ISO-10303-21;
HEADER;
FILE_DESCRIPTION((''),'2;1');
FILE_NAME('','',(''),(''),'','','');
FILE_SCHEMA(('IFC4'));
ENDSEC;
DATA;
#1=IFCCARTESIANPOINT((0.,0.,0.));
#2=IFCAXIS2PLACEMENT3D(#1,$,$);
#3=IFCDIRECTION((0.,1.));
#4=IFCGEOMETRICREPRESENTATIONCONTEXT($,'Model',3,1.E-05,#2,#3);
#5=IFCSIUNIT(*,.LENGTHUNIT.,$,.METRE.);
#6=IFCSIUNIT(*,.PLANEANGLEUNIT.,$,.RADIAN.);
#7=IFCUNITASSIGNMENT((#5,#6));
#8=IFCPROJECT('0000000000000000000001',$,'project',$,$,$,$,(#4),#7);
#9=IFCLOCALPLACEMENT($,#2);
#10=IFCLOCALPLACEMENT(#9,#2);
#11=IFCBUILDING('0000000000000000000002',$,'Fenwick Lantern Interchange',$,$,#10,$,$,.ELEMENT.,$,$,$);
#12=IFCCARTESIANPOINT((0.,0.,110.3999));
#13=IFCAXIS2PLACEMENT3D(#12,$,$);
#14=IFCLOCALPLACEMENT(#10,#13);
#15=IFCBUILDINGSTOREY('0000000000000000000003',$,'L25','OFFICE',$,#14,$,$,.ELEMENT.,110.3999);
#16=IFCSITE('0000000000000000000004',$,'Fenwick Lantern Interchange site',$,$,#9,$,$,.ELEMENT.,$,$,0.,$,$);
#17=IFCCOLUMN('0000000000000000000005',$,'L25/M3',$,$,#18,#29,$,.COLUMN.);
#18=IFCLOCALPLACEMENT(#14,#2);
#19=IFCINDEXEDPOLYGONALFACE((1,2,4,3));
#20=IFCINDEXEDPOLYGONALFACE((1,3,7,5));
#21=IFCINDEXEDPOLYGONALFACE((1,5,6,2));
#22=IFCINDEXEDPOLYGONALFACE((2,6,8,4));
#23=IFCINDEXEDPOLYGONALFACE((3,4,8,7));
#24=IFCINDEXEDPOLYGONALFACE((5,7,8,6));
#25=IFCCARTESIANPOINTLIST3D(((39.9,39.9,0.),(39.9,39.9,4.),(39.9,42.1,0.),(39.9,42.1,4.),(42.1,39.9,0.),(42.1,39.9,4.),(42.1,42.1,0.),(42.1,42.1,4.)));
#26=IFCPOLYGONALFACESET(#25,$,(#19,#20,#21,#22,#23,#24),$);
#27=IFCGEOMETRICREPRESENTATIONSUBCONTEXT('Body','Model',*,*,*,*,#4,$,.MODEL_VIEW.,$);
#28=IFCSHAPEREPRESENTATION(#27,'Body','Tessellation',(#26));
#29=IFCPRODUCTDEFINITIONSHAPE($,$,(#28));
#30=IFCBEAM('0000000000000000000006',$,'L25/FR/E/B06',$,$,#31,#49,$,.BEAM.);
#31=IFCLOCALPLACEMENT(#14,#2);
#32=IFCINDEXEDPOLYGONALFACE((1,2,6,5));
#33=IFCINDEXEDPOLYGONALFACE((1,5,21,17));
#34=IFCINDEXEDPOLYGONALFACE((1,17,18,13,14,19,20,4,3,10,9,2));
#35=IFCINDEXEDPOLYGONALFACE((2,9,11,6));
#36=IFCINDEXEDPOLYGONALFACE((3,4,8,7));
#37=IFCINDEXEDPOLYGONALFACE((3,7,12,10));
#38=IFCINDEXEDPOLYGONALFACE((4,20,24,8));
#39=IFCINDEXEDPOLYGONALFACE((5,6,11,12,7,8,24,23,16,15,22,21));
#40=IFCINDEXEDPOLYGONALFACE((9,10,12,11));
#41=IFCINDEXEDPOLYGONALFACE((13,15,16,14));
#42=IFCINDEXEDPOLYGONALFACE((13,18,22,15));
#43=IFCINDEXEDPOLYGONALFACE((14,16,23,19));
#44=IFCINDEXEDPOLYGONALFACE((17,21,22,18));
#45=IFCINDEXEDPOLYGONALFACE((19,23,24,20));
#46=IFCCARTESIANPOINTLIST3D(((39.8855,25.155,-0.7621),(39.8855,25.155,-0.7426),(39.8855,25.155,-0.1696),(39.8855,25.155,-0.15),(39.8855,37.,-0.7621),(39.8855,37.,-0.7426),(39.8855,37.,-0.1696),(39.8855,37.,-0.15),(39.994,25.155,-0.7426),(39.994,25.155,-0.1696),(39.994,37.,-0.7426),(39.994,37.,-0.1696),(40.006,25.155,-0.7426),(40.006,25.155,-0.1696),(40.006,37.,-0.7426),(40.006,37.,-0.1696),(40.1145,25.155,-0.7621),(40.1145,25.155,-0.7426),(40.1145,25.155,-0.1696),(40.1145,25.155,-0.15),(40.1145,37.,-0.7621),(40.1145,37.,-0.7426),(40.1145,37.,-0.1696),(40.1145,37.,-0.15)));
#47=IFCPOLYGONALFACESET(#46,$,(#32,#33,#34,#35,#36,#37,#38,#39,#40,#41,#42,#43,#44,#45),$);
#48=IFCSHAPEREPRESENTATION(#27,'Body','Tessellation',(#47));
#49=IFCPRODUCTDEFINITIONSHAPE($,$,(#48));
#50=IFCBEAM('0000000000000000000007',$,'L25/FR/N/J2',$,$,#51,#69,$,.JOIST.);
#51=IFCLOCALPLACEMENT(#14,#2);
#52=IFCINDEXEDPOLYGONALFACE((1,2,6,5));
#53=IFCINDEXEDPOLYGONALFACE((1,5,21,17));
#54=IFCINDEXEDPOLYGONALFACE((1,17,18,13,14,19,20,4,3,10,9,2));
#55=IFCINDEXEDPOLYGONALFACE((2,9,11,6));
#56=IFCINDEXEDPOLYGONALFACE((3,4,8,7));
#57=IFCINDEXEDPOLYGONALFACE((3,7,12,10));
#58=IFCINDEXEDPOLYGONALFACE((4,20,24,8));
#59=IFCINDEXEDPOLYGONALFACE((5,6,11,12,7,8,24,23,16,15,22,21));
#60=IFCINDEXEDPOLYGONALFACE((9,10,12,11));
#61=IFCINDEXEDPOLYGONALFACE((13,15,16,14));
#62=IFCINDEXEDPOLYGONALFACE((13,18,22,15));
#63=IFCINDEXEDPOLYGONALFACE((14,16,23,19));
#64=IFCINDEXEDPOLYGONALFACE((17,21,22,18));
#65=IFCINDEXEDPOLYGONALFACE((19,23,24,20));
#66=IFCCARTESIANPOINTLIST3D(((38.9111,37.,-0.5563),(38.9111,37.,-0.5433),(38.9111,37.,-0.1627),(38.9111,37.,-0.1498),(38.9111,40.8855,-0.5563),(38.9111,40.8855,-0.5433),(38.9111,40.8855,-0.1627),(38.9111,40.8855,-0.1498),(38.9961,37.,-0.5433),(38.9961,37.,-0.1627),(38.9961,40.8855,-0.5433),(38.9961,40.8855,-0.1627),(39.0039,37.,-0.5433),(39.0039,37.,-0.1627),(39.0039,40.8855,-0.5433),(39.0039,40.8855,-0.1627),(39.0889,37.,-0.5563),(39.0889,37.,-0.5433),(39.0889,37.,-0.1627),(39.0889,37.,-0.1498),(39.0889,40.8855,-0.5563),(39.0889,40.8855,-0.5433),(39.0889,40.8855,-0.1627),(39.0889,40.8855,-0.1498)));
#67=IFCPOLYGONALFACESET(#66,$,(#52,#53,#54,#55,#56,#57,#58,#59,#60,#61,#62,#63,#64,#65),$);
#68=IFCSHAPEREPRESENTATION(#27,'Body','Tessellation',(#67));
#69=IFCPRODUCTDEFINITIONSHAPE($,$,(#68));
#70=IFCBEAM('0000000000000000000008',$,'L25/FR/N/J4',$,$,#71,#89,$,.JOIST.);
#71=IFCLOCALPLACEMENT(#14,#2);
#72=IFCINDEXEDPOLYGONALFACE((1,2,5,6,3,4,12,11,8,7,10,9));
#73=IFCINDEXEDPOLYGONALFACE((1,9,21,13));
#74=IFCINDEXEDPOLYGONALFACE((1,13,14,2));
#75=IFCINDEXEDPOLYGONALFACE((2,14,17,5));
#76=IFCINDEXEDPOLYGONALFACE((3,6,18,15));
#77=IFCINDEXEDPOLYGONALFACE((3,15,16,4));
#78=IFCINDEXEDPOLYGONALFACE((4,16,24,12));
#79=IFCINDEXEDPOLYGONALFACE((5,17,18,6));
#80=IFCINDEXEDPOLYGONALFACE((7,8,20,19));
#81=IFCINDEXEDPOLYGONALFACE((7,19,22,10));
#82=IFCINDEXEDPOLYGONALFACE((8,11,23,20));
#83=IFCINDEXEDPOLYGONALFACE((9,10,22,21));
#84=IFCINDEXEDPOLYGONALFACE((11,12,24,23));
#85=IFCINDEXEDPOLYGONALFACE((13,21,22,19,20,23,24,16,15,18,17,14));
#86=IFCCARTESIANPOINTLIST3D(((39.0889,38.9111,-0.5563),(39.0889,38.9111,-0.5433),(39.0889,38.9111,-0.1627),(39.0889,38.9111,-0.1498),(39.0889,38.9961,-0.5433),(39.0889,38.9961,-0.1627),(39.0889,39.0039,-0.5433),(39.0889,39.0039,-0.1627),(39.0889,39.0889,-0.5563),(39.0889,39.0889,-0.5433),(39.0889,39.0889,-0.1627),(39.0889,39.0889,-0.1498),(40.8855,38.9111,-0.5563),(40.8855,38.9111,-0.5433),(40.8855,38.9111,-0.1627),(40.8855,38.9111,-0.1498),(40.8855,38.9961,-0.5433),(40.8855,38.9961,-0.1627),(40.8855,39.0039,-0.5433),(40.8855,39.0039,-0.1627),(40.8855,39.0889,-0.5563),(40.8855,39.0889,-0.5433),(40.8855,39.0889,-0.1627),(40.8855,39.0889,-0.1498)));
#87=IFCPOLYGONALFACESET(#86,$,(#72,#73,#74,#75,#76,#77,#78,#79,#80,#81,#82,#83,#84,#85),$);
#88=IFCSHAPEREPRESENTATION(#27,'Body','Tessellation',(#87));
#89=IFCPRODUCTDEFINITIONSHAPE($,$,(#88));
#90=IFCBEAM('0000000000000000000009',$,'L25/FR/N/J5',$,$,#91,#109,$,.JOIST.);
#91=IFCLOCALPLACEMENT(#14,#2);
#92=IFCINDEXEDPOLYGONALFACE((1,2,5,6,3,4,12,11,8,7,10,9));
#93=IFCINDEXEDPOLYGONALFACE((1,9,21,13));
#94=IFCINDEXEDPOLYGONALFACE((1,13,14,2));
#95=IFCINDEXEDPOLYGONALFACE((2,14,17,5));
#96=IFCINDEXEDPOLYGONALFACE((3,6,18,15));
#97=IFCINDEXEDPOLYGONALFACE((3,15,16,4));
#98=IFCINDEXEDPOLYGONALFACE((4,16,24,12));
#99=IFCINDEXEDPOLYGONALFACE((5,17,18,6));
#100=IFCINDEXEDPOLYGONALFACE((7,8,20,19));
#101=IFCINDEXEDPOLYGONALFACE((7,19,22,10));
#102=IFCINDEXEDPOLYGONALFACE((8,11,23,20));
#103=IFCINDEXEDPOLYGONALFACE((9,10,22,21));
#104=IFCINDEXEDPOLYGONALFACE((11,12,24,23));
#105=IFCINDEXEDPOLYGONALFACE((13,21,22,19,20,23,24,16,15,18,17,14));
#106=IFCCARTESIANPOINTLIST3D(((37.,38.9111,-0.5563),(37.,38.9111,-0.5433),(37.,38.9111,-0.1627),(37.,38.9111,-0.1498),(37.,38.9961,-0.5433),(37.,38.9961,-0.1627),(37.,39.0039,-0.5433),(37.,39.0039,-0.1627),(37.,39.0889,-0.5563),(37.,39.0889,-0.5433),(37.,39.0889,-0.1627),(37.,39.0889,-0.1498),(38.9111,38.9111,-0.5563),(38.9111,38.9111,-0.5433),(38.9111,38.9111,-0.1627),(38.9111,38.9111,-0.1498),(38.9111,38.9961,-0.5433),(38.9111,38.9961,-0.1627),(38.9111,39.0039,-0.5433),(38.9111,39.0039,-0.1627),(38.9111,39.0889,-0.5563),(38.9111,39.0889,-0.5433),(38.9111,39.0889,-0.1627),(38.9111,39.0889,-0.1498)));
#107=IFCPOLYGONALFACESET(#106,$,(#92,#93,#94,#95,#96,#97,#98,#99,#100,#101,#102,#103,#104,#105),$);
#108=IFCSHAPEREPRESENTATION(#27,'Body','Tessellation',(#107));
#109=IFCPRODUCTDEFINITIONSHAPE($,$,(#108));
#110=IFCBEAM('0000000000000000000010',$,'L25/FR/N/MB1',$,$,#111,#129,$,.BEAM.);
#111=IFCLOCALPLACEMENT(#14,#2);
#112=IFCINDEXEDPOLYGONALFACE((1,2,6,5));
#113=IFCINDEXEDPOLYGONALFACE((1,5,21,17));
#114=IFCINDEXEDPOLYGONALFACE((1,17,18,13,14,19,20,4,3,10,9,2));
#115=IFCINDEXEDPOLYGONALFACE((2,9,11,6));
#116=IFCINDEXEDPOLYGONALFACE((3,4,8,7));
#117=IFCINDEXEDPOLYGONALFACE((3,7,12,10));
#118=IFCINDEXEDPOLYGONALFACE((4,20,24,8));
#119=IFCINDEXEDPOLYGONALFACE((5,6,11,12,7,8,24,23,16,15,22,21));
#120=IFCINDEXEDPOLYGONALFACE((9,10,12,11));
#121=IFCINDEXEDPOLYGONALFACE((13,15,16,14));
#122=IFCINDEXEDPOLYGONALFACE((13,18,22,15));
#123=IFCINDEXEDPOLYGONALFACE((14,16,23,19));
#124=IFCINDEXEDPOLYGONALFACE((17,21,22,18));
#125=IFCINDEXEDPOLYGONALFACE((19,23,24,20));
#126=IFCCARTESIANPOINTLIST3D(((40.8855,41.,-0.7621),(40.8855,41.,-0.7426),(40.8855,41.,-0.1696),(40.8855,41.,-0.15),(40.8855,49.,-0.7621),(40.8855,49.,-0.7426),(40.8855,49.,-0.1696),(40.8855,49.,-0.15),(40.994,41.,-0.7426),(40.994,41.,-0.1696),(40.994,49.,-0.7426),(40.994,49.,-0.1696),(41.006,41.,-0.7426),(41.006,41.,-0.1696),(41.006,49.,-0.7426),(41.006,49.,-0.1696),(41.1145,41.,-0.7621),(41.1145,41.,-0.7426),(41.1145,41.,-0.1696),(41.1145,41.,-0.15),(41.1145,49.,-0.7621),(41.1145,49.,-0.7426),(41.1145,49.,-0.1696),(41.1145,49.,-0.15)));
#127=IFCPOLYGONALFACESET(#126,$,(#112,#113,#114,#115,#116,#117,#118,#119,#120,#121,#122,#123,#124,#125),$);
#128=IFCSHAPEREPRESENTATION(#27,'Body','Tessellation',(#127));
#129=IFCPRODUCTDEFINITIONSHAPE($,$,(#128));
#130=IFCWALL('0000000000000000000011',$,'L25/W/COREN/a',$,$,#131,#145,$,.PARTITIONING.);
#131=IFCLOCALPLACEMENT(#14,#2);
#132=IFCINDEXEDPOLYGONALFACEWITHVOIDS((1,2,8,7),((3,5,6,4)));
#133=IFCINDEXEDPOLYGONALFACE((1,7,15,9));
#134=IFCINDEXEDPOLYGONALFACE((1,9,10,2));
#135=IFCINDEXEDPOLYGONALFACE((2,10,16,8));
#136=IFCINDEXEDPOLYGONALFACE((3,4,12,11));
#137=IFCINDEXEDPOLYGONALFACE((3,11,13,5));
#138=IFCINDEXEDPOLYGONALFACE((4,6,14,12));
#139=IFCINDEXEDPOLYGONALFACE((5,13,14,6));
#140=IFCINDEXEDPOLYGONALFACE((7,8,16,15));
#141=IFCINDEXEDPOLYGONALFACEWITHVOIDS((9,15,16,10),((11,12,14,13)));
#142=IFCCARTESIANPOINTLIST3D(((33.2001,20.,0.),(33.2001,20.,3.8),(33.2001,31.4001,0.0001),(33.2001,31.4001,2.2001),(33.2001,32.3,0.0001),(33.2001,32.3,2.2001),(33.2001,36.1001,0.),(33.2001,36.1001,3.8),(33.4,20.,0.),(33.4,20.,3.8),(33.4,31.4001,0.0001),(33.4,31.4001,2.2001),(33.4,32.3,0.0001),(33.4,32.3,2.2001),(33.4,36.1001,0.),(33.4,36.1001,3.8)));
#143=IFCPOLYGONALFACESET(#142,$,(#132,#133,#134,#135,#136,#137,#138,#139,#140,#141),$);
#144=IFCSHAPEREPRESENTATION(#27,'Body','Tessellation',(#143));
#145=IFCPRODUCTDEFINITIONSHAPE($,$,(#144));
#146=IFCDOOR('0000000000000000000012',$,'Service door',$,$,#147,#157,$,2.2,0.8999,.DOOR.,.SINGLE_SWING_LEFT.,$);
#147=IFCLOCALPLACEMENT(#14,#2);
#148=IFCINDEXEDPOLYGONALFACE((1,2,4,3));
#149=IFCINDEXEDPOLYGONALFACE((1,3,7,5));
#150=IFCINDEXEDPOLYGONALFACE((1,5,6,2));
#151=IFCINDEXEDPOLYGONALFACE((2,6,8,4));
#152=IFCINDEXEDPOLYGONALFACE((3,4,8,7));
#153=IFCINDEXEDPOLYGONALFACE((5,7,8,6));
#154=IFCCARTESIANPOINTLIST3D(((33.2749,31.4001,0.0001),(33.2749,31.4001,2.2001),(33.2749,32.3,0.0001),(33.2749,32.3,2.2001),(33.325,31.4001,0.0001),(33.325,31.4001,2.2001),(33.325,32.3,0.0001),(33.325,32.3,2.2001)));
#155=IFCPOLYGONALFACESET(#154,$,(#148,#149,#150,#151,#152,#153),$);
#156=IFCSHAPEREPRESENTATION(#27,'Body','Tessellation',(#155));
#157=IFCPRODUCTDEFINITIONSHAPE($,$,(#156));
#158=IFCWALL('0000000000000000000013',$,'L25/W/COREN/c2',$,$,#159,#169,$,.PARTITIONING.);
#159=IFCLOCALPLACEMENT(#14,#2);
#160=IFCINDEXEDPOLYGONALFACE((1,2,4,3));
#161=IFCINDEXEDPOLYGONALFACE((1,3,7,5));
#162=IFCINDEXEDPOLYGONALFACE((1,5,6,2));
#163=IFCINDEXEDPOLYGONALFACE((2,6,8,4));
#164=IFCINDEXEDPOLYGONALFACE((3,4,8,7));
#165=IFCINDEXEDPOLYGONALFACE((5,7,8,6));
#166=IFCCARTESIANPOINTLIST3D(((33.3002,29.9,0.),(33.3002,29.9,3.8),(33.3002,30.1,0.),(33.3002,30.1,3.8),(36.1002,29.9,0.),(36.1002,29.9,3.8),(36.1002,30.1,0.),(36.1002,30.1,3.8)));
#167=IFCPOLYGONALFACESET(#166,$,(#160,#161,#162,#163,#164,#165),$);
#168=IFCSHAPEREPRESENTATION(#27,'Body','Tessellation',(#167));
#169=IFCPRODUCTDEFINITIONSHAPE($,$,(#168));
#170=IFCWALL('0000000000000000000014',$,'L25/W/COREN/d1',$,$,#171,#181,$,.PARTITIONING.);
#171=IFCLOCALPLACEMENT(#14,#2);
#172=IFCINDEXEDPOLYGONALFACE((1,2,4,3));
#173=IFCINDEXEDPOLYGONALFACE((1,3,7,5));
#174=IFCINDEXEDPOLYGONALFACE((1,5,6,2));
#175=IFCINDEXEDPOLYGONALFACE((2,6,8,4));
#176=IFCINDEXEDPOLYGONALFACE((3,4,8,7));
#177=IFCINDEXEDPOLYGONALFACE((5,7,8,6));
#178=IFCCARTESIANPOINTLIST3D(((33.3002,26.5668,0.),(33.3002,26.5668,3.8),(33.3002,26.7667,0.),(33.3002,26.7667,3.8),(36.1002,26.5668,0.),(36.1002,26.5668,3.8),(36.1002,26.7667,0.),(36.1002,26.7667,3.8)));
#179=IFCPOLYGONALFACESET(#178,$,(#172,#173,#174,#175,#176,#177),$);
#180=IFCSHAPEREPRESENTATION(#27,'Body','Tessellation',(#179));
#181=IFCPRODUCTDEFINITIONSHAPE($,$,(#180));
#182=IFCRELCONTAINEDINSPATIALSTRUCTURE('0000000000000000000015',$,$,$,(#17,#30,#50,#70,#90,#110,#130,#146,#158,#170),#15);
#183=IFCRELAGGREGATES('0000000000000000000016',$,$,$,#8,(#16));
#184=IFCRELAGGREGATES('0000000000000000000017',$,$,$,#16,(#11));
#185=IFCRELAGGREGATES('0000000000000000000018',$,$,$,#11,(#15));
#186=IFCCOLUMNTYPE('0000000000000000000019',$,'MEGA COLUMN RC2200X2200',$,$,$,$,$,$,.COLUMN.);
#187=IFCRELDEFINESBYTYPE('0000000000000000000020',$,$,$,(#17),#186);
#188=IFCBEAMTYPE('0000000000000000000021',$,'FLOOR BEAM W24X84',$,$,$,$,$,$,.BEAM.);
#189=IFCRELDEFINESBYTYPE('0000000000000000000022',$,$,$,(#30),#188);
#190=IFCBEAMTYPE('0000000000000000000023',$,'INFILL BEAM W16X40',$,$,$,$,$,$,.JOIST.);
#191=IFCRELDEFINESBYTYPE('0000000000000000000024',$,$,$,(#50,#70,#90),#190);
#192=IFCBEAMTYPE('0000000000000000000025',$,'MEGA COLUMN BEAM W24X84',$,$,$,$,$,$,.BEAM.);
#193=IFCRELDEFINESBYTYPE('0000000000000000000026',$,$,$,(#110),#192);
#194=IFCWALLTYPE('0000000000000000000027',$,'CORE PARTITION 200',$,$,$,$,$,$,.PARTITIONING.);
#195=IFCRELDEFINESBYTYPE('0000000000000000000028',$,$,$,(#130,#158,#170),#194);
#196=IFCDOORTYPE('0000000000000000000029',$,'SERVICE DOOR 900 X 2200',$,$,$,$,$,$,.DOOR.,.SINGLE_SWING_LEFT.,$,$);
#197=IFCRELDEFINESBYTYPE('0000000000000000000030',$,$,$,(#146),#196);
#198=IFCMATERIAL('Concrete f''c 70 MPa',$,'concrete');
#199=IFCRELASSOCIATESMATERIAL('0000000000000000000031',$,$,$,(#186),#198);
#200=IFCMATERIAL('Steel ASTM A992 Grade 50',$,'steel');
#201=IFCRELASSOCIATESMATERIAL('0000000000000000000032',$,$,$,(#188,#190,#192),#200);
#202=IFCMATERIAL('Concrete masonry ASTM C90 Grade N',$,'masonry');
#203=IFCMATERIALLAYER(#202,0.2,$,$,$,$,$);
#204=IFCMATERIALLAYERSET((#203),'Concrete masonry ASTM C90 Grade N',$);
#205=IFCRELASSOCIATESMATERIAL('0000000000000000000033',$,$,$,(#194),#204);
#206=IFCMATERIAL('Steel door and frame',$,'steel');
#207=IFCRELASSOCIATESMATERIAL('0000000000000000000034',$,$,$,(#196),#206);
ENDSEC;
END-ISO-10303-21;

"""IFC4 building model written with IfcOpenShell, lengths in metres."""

from ifc_helpers import new_model, si_unit, direction, frame, frame_2d, origin, origin_2d, place, context, subcontext, project, spatial, rectangle, i_section, extrude, material, layer, layer_set, material_profile, profile_set, type_object, element, fill, save


model = new_model("IFC4")

# Units and contexts
model_context = context("Model", 3, precision=1e-05, world=origin(), true_north=direction((0.0, 1.0)))
body_context = subcontext(model_context, "Body", "Model", "MODEL_VIEW")
ifc_project = project(units=[si_unit("LENGTHUNIT", "METRE"), si_unit("PLANEANGLEUNIT", "RADIAN")], contexts=[model_context])

# Site, building, storey
site_placement = place(None, origin())
site = spatial("IfcSite", under=ifc_project, at=site_placement, Name="Fenwick Lantern Interchange site", CompositionType="ELEMENT", RefElevation=0.0)
building_placement = place(site_placement, origin())
building = spatial("IfcBuilding", under=site, at=building_placement, Name="Fenwick Lantern Interchange", CompositionType="ELEMENT")
storey_placement = place(building_placement, frame((0.0, 0.0, 110.3999)))
storey = spatial("IfcBuildingStorey", under=building, at=storey_placement, Name="L25", Description="OFFICE", CompositionType="ELEMENT", Elevation=110.3999)

# Column
ifc_material_1 = material(Name="Concrete f'c 70 MPa", Category="concrete")
ifc_material_profile_1 = material_profile(ifc_material_1, rectangle(XDim=2.2, YDim=2.2, at=origin_2d()), Name="RC2200X2200")
ifc_profile_set_1 = profile_set([ifc_material_profile_1], Name="Concrete f'c 70 MPa")
column_type = type_object("IfcColumnType", Name="MEGA COLUMN RC2200X2200", PredefinedType="COLUMN", material=ifc_profile_set_1)
column_placement = place(storey_placement, frame((41.0, 41.0, 0.0), z_axis=(0.0, 0.0, 1.0), x_axis=(1.0, 0.0, 0.0)))
element("IfcColumn", 1, at=column_placement, inside=storey, type_object=column_type, Name="L25/M3", PredefinedType="COLUMN", context=body_context, shape_type="SweptSolid", body=[
    extrude(rectangle(XDim=2.2, YDim=2.2, at=origin_2d()), origin(), (0.0, 0.0, 1.0), 4.0),
])

# Beams
ifc_material_2 = material(Name="Steel ASTM A992 Grade 50", Category="steel")
ifc_material_profile_2 = material_profile(ifc_material_2, i_section(OverallWidth=0.229, OverallDepth=0.6121, WebThickness=0.012, FlangeThickness=0.0195, at=origin_2d()), Name="W24X84")
ifc_profile_set_2 = profile_set([ifc_material_profile_2], Name="Steel ASTM A992 Grade 50")
beam_type_1 = type_object("IfcBeamType", Name="FLOOR BEAM W24X84", PredefinedType="BEAM", material=ifc_profile_set_2)
beam_1_placement = place(storey_placement, frame((40.0, 25.155, -0.4561), z_axis=(0.0, 1.0, 0.0), x_axis=(-1.0, 0.0, 0.0)))
element("IfcBeam", 2, at=beam_1_placement, inside=storey, type_object=beam_type_1, Name="L25/FR/E/B06", PredefinedType="BEAM", context=body_context, shape_type="SweptSolid", body=[
    extrude(i_section(OverallWidth=0.229, OverallDepth=0.6121, WebThickness=0.012, FlangeThickness=0.0195, at=origin_2d()), origin(), (0.0, 0.0, 1.0), 11.845),
])
ifc_material_profile_3 = material_profile(ifc_material_2, i_section(OverallWidth=0.1777, OverallDepth=0.4065, WebThickness=0.0078, FlangeThickness=0.0129, at=origin_2d()), Name="W16X40")
ifc_profile_set_3 = profile_set([ifc_material_profile_3], Name="Steel ASTM A992 Grade 50")
beam_type_2 = type_object("IfcBeamType", Name="INFILL BEAM W16X40", PredefinedType="JOIST", material=ifc_profile_set_3)
beam_2_placement = place(storey_placement, frame((39.0, 40.8855, -0.353), z_axis=(0.0, -1.0, 0.0), x_axis=(1.0, 0.0, 0.0)))
element("IfcBeam", 3, at=beam_2_placement, inside=storey, type_object=beam_type_2, Name="L25/FR/N/J2", PredefinedType="JOIST", context=body_context, shape_type="SweptSolid", body=[
    extrude(i_section(OverallWidth=0.1777, OverallDepth=0.4065, WebThickness=0.0078, FlangeThickness=0.0129, at=origin_2d()), origin(), (0.0, 0.0, 1.0), 3.8855),
])
beam_3_placement = place(storey_placement, frame((40.8855, 39.0, -0.353), z_axis=(-1.0, 0.0, 0.0), x_axis=(0.0, -1.0, 0.0)))
element("IfcBeam", 4, at=beam_3_placement, inside=storey, type_object=beam_type_2, Name="L25/FR/N/J4", PredefinedType="JOIST", context=body_context, shape_type="SweptSolid", body=[
    extrude(i_section(OverallWidth=0.1777, OverallDepth=0.4065, WebThickness=0.0078, FlangeThickness=0.0129, at=origin_2d()), origin(), (0.0, 0.0, 1.0), 1.7966),
])
beam_4_placement = place(storey_placement, frame((38.9111, 39.0, -0.353), z_axis=(-1.0, 0.0, 0.0), x_axis=(0.0, -1.0, 0.0)))
element("IfcBeam", 5, at=beam_4_placement, inside=storey, type_object=beam_type_2, Name="L25/FR/N/J5", PredefinedType="JOIST", context=body_context, shape_type="SweptSolid", body=[
    extrude(i_section(OverallWidth=0.1777, OverallDepth=0.4065, WebThickness=0.0078, FlangeThickness=0.0129, at=origin_2d()), origin(), (0.0, 0.0, 1.0), 1.9111),
])
ifc_material_profile_4 = material_profile(ifc_material_2, i_section(OverallWidth=0.229, OverallDepth=0.6121, WebThickness=0.012, FlangeThickness=0.0195, at=origin_2d()), Name="W24X84")
ifc_profile_set_4 = profile_set([ifc_material_profile_4], Name="Steel ASTM A992 Grade 50")
beam_type_3 = type_object("IfcBeamType", Name="MEGA COLUMN BEAM W24X84", PredefinedType="BEAM", material=ifc_profile_set_4)
beam_5_placement = place(storey_placement, frame((41.0, 41.0, -0.4561), z_axis=(0.0, 1.0, 0.0), x_axis=(-1.0, 0.0, 0.0)))
element("IfcBeam", 6, at=beam_5_placement, inside=storey, type_object=beam_type_3, Name="L25/FR/N/MB1", PredefinedType="BEAM", context=body_context, shape_type="SweptSolid", body=[
    extrude(i_section(OverallWidth=0.229, OverallDepth=0.6121, WebThickness=0.012, FlangeThickness=0.0195, at=origin_2d()), origin(), (0.0, 0.0, 1.0), 8.0),
])

# Wall, opening, door
ifc_material_3 = material(Name="Concrete masonry ASTM C90 Grade N", Category="masonry")
ifc_layer_1 = layer(ifc_material_3, 0.2)
ifc_layer_set_1 = layer_set([ifc_layer_1], Name="Concrete masonry ASTM C90 Grade N")
wall_type_1 = type_object("IfcWallType", Name="CORE PARTITION 200", PredefinedType="PARTITIONING", material=ifc_layer_set_1)
wall_1_placement = place(storey_placement, frame((33.3, 36.1001, 0.0), z_axis=(0.0, 0.0, 1.0), x_axis=(0.0, -1.0, 0.0)))
wall_1 = element("IfcWall", 7, at=wall_1_placement, inside=storey, type_object=wall_type_1, Name="L25/W/COREN/a", PredefinedType="PARTITIONING", context=body_context, shape_type="SweptSolid", body=[
    extrude(rectangle(XDim=16.1001, YDim=0.2, at=frame_2d((8.05, 0.0))), origin(), (0.0, 0.0, 1.0), 3.8),
])
opening_1_placement = place(wall_1_placement, frame((3.8, 0.0, 0.0)))
opening_1 = element("IfcOpeningElement", 8, at=opening_1_placement, cuts=wall_1, PredefinedType="OPENING", context=body_context, shape_type="SweptSolid", body=[
    extrude(rectangle(XDim=0.8999, YDim=2.2, at=frame_2d((0.45, 1.1001))), frame((0.0, 0.1099, 0.0), z_axis=(0.0, -1.0, 0.0), x_axis=(1.0, 0.0, 0.0)), (0.0, 0.0, 1.0), 0.22),
])
ifc_material_4 = material(Name="Steel door and frame", Category="steel")
door_type_1 = type_object("IfcDoorType", Name="SERVICE DOOR 900 X 2200", OperationType="SINGLE_SWING_LEFT", PredefinedType="DOOR", material=ifc_material_4)
door_1_placement = place(opening_1_placement, origin())
door_1 = element("IfcDoor", 9, at=door_1_placement, inside=storey, type_object=door_type_1, Name="Service door", OperationType="SINGLE_SWING_LEFT", OverallHeight=2.2, OverallWidth=0.8999, PredefinedType="DOOR", context=body_context, shape_type="SweptSolid", body=[
    extrude(rectangle(XDim=0.8999, YDim=2.2, at=frame_2d((0.45, 1.1001))), frame((0.0, 0.0249, 0.0), z_axis=(0.0, -1.0, 0.0), x_axis=(1.0, 0.0, 0.0)), (0.0, 0.0, 1.0), 0.05),
])
fill(opening_1, door_1)

# Walls
for number, where, z_axis, x_axis, name in (
    (10, (36.1001, 30.0, 0.0), (0.0, 0.0, 1.0), (-1.0, 0.0, 0.0), "L25/W/COREN/c2"),
    (11, (36.1001, 26.6667, 0.0), (0.0, 0.0, 1.0), (-1.0, 0.0, 0.0), "L25/W/COREN/d1"),
):
    element("IfcWall", number, at=place(storey_placement, frame(where, z_axis=z_axis, x_axis=x_axis)), inside=storey, type_object=wall_type_1, Name=name, PredefinedType="PARTITIONING", context=body_context, shape_type="SweptSolid", body=[
        extrude(rectangle(XDim=2.8, YDim=0.2, at=frame_2d((1.3999, 0.0))), origin(), (0.0, 0.0, 1.0), 3.8),
    ])

save(model, "model.ifc")
